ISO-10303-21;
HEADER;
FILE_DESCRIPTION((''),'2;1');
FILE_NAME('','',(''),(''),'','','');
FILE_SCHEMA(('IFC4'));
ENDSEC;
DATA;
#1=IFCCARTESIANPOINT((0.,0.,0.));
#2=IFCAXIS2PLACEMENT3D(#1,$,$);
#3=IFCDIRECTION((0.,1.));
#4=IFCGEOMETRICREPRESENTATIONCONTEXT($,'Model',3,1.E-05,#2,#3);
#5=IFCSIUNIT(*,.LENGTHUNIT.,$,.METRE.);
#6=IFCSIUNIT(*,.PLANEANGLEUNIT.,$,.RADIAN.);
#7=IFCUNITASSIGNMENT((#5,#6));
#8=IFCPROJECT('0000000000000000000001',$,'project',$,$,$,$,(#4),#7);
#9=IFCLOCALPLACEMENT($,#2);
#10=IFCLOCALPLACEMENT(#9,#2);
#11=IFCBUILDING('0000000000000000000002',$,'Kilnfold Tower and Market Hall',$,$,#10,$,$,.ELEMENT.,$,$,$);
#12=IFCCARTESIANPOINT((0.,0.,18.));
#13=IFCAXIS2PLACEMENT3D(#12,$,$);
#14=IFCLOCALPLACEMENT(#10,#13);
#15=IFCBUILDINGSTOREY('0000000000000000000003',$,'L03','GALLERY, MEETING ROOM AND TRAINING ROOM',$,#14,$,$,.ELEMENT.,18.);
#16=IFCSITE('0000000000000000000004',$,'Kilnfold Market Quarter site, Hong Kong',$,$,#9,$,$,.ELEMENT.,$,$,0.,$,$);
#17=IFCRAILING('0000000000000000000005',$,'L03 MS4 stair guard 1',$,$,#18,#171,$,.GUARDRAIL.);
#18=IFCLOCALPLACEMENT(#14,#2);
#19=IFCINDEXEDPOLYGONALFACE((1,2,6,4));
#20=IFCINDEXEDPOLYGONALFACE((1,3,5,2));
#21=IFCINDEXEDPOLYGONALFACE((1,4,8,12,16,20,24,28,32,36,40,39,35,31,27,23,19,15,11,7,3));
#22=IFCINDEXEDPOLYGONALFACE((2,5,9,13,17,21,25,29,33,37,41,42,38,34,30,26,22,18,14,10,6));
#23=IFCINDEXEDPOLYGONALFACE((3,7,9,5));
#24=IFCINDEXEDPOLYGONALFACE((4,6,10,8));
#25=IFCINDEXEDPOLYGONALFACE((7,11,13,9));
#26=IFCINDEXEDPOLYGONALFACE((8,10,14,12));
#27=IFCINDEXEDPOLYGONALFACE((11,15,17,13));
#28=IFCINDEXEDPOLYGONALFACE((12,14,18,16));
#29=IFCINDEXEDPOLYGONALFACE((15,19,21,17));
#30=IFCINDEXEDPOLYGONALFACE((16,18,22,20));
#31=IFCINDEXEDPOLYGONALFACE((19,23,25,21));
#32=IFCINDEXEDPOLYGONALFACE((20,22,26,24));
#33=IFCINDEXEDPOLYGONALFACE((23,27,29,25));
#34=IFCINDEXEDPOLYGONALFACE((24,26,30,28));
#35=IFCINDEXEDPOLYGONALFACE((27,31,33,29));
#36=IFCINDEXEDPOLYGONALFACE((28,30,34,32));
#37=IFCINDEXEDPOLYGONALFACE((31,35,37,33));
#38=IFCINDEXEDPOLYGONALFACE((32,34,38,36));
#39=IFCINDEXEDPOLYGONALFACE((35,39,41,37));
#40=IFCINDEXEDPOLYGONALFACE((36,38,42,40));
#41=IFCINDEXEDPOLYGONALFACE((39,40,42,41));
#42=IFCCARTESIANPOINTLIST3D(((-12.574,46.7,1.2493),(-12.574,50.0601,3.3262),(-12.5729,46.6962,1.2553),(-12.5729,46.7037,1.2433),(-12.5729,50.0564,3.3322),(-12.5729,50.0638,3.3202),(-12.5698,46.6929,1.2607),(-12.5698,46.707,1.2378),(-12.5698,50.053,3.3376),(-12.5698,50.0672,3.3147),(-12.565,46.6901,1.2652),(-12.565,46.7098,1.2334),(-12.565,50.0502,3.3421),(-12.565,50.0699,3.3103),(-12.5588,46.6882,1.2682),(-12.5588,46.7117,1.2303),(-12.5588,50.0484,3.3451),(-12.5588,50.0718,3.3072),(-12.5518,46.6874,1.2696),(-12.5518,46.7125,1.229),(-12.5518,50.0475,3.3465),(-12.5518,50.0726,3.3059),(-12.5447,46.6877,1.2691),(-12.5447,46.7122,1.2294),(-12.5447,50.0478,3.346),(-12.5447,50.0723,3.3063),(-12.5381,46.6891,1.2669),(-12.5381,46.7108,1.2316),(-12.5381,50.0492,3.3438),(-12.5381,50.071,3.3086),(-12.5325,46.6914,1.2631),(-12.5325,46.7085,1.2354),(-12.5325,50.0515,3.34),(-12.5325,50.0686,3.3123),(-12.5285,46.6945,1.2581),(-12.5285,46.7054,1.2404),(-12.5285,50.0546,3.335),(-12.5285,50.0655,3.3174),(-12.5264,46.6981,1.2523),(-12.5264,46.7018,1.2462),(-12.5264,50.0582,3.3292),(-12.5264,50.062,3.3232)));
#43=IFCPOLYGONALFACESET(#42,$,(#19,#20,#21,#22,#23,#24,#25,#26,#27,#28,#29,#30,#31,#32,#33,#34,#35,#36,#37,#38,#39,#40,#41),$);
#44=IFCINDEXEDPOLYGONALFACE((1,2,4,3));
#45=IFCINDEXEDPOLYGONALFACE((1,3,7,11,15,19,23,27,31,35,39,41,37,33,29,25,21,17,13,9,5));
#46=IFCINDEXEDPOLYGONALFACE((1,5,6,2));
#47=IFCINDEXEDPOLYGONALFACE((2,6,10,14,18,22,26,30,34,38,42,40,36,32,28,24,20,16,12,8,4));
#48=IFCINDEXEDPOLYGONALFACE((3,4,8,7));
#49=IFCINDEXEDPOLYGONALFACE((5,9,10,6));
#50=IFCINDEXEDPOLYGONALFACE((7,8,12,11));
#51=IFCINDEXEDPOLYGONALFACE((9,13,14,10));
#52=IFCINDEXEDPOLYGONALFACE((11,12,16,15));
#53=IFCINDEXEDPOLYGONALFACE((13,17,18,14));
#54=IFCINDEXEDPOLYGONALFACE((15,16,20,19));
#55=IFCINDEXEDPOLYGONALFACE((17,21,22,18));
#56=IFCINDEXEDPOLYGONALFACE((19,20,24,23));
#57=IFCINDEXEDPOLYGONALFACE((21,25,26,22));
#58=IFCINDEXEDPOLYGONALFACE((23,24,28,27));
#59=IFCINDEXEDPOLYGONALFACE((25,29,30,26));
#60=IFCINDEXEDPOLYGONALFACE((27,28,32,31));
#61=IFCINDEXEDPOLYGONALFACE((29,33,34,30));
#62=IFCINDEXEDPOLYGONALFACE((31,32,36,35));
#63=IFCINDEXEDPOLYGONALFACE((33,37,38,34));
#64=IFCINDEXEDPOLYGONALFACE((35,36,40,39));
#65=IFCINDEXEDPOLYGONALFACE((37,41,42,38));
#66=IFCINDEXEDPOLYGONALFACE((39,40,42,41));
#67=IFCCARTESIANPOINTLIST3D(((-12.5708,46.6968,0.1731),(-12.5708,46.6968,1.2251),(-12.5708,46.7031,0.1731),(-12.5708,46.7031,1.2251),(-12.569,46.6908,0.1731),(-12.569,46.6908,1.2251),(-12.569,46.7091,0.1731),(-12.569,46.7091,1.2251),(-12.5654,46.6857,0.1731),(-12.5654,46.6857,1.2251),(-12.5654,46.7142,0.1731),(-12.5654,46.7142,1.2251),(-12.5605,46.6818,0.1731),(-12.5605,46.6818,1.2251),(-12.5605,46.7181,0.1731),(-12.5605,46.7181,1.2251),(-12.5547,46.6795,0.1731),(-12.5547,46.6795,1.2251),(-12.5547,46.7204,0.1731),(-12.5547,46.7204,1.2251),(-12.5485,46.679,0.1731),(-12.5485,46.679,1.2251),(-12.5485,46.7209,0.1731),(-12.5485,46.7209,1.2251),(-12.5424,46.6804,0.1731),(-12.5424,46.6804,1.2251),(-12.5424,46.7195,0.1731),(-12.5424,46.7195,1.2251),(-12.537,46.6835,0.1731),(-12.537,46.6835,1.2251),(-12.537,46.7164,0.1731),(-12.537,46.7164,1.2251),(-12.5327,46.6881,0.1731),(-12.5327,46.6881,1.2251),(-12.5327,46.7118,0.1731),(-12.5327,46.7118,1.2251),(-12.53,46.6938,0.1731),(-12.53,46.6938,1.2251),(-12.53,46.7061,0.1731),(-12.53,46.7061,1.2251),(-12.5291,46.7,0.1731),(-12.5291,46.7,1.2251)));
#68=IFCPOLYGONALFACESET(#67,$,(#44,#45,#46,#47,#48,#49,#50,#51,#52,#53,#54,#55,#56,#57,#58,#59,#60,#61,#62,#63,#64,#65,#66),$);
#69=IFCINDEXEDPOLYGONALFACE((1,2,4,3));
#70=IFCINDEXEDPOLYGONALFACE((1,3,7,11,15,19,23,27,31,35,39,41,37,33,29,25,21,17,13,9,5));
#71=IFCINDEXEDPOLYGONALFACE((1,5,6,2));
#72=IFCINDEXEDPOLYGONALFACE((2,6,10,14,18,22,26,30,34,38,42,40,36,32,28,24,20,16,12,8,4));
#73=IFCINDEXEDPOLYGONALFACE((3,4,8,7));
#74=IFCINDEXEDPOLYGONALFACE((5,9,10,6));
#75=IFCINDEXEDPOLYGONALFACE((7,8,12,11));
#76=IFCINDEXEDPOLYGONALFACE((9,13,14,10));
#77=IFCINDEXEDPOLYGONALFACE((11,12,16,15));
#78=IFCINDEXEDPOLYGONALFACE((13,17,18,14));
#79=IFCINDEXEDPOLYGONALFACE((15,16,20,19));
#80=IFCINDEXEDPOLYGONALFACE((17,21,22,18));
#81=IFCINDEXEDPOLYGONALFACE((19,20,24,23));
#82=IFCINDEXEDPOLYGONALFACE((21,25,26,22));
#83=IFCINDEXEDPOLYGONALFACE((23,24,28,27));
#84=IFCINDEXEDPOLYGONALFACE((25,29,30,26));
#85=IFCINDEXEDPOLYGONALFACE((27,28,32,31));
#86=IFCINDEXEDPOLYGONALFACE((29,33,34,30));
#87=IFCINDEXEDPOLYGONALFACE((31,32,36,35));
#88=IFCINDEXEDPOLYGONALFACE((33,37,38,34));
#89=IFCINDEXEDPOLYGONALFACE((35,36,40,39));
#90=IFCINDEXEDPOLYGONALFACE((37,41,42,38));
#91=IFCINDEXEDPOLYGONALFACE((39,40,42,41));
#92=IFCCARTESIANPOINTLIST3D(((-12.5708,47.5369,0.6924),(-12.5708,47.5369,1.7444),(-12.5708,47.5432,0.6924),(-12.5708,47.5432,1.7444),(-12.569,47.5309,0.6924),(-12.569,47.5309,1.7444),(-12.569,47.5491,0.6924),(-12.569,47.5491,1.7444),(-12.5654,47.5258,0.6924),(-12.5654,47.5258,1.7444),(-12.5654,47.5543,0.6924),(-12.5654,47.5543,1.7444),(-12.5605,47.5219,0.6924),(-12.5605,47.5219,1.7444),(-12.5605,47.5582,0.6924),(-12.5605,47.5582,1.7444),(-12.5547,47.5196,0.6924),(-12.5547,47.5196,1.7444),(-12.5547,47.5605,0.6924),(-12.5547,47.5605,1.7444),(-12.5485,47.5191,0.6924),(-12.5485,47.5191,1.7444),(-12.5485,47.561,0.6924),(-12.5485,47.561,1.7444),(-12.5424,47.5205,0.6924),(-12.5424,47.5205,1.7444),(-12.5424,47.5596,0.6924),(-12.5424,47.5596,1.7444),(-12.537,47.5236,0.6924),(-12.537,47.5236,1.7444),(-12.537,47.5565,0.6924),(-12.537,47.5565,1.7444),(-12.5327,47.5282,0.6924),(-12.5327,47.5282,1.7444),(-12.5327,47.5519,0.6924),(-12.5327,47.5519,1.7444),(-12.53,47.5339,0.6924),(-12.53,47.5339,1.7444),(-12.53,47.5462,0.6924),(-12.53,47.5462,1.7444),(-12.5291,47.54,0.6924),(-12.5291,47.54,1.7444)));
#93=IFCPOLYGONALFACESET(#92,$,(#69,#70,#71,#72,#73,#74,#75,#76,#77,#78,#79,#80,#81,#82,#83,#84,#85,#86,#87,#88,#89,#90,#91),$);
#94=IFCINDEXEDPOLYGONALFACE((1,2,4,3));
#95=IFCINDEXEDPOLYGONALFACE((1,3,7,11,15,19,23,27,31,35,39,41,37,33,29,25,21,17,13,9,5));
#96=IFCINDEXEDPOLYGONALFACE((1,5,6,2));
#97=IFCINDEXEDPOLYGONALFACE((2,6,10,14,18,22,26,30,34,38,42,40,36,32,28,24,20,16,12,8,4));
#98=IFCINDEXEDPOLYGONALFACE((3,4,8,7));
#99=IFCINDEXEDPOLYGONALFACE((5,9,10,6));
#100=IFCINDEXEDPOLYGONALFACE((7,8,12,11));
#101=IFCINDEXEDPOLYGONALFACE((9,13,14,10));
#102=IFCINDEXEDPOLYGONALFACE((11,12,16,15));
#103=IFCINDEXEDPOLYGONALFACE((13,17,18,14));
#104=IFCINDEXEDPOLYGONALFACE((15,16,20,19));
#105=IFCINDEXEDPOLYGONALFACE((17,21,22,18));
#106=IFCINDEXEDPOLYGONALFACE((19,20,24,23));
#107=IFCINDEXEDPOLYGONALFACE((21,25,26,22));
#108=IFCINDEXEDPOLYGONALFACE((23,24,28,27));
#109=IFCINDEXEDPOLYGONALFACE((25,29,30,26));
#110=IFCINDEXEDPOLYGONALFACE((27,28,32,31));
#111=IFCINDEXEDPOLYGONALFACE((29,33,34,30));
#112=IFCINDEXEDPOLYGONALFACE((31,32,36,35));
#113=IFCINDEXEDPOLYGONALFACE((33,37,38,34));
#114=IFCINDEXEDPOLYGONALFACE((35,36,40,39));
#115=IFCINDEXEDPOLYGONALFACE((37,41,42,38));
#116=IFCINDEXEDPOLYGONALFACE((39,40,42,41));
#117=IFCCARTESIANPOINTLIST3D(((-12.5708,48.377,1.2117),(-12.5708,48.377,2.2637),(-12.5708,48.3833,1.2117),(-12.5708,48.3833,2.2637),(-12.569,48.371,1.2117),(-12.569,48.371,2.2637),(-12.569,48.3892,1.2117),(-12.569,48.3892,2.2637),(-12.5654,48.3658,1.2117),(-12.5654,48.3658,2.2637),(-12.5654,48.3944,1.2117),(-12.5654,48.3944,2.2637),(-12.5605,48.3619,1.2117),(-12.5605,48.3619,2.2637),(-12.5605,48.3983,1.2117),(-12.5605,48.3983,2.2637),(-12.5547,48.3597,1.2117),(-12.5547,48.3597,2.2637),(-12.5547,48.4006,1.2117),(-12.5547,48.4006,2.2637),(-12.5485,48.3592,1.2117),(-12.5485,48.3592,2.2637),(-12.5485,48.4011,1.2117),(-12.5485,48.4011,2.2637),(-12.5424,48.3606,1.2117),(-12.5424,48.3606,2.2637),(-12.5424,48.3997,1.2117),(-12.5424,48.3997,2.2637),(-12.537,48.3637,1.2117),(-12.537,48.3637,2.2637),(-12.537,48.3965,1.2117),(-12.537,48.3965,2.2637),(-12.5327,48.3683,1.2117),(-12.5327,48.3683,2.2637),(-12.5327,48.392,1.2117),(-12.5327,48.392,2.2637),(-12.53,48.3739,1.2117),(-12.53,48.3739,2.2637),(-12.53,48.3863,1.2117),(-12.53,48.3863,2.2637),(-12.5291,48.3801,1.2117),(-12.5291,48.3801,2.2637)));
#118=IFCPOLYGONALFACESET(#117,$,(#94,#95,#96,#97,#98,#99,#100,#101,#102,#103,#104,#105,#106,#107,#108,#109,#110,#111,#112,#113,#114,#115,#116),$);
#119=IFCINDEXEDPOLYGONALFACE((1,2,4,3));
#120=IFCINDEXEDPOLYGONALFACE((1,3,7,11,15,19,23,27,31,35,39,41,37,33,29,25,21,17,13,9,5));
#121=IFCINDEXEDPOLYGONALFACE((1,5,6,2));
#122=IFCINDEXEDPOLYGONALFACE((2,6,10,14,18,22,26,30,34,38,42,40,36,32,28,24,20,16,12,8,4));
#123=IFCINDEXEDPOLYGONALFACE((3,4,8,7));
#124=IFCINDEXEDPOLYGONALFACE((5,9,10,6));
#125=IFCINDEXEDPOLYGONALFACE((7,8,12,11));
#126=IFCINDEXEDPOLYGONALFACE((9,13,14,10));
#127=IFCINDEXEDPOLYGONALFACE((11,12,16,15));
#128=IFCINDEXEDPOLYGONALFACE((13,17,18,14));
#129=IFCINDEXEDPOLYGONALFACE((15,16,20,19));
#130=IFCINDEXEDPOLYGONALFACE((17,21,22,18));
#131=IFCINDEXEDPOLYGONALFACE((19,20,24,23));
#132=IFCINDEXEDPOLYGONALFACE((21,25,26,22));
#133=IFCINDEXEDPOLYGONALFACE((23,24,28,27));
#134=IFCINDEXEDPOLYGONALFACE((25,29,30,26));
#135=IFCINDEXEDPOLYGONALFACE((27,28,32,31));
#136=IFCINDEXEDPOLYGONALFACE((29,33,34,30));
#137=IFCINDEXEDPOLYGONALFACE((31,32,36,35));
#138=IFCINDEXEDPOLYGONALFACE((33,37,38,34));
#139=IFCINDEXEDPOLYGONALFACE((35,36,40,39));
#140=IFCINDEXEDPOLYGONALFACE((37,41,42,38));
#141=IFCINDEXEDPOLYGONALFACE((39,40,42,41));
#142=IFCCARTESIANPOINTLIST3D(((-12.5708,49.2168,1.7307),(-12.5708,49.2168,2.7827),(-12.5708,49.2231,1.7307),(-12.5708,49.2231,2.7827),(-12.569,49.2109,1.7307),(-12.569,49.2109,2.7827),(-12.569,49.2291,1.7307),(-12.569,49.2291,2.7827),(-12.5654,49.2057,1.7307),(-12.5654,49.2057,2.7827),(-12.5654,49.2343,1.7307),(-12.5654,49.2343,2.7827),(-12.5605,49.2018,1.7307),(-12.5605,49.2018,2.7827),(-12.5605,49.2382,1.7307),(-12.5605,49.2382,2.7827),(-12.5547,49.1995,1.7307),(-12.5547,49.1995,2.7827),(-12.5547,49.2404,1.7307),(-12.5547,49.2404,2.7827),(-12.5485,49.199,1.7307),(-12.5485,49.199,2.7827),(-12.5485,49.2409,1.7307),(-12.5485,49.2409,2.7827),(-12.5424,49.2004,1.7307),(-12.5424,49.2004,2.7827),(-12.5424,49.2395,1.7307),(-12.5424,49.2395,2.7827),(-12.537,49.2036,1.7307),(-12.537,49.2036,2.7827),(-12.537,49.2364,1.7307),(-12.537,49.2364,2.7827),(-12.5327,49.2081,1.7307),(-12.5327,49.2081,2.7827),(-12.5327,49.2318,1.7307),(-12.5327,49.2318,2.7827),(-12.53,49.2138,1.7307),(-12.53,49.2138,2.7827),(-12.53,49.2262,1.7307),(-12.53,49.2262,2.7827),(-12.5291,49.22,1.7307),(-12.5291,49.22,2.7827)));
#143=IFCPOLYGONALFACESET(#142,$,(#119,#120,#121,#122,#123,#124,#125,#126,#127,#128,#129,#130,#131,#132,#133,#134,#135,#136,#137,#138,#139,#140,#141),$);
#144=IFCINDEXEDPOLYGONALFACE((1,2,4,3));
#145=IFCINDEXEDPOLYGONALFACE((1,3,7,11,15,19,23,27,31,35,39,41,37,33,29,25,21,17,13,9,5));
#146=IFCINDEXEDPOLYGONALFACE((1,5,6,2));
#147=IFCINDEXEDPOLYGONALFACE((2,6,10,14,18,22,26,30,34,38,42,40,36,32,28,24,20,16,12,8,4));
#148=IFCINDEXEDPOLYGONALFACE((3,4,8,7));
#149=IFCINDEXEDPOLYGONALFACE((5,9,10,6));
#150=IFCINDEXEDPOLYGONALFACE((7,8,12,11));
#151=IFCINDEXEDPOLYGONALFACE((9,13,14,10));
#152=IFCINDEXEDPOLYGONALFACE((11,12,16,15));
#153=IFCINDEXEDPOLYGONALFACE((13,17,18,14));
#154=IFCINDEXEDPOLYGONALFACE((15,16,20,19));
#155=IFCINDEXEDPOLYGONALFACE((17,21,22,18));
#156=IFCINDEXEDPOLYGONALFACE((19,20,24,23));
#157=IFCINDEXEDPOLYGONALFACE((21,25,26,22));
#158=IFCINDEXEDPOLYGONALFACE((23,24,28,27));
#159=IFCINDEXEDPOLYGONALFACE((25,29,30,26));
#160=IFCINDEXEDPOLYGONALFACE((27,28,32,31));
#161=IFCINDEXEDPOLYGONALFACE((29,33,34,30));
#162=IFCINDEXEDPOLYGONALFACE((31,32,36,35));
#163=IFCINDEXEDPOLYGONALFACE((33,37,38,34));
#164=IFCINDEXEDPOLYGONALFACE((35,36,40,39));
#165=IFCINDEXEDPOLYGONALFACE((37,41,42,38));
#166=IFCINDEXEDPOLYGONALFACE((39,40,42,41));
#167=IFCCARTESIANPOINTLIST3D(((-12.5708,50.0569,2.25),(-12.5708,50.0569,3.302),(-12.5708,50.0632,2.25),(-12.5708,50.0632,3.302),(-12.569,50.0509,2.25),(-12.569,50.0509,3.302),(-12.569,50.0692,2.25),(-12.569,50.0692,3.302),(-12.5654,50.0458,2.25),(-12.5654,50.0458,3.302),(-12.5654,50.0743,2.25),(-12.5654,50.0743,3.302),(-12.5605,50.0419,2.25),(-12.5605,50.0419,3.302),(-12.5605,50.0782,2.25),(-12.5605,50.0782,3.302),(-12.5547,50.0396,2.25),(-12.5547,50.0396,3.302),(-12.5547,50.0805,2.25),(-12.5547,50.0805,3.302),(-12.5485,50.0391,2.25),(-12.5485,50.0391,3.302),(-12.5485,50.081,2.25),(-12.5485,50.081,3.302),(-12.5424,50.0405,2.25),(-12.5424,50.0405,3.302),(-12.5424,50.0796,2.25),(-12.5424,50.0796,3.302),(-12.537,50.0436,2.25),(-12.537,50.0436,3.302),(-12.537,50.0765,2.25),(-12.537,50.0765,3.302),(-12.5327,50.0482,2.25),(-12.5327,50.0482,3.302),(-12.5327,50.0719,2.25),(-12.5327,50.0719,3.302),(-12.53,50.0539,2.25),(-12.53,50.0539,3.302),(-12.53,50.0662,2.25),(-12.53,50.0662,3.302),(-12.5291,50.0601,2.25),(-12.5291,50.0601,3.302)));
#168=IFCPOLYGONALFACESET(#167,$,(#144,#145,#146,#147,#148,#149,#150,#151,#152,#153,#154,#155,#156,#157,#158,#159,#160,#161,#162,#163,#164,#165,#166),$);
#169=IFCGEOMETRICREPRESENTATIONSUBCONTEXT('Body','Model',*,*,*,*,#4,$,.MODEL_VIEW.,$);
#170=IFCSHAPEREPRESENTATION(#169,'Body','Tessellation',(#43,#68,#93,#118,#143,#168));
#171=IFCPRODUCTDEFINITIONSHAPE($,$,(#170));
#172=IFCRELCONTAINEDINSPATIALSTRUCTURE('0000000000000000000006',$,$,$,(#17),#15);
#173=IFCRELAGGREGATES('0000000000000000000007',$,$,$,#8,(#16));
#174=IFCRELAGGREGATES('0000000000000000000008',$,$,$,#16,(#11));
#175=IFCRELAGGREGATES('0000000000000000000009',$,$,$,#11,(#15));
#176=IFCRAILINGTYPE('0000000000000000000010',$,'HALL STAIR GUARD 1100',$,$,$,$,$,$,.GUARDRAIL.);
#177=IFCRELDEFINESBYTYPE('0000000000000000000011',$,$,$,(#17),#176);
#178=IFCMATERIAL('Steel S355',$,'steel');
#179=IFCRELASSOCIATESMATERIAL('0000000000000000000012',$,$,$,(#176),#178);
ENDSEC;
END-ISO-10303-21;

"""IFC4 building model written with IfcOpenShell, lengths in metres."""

from ifc_helpers import new_model, si_unit, direction, frame, origin, origin_2d, place, context, subcontext, project, spatial, circle, extrude, material, type_object, element, save


model = new_model("IFC4")

# Units and contexts
model_context = context("Model", 3, precision=1e-05, world=origin(), true_north=direction((0.0, 1.0)))
body_context = subcontext(model_context, "Body", "Model", "MODEL_VIEW")
ifc_project = project(units=[si_unit("LENGTHUNIT", "METRE"), si_unit("PLANEANGLEUNIT", "RADIAN")], contexts=[model_context])

# Site, building, storey
site_placement = place(None, origin())
site = spatial("IfcSite", under=ifc_project, at=site_placement, Name="Kilnfold Market Quarter site, Hong Kong", CompositionType="ELEMENT", RefElevation=0.0)
building_placement = place(site_placement, origin())
building = spatial("IfcBuilding", under=site, at=building_placement, Name="Kilnfold Tower and Market Hall", CompositionType="ELEMENT")
storey_placement = place(building_placement, frame((0.0, 0.0, 18.0)))
storey = spatial("IfcBuildingStorey", under=building, at=storey_placement, Name="L03", Description="GALLERY, MEETING ROOM AND TRAINING ROOM", CompositionType="ELEMENT", Elevation=18.0)

# Railing
ifc_material_1 = material(Name="Steel S355", Category="steel")
railing_type_1 = type_object("IfcRailingType", Name="HALL STAIR GUARD 1100", PredefinedType="GUARDRAIL", material=ifc_material_1)
railing_1_placement = place(storey_placement, frame((-12.55, 46.7, 0.1731)))
element("IfcRailing", 1, at=railing_1_placement, inside=storey, type_object=railing_type_1, Name="L03 MS4 stair guard 1", PredefinedType="GUARDRAIL", context=body_context, shape_type="SweptSolid", body=[
    extrude(circle(Radius=0.0239, at=origin_2d()), frame((0.0, 0.0, 1.0762), z_axis=(0.0, 0.850623, 0.525776), x_axis=(-1.0, 0.0, 0.0)), (0.0, 0.0, 1.0), 3.9502),
    extrude(circle(Radius=0.021, at=origin_2d()), origin(), (0.0, 0.0, 1.0), 1.052),
    extrude(circle(Radius=0.021, at=origin_2d()), frame((0.0, 0.8401, 0.5193)), (0.0, 0.0, 1.0), 1.052),
    extrude(circle(Radius=0.021, at=origin_2d()), frame((0.0, 1.6802, 1.0386)), (0.0, 0.0, 1.0), 1.052),
    extrude(circle(Radius=0.021, at=origin_2d()), frame((0.0, 2.52, 1.5576)), (0.0, 0.0, 1.0), 1.052),
    extrude(circle(Radius=0.021, at=origin_2d()), frame((0.0, 3.3601, 2.0769)), (0.0, 0.0, 1.0), 1.052),
])

save(model, "model.ifc")
